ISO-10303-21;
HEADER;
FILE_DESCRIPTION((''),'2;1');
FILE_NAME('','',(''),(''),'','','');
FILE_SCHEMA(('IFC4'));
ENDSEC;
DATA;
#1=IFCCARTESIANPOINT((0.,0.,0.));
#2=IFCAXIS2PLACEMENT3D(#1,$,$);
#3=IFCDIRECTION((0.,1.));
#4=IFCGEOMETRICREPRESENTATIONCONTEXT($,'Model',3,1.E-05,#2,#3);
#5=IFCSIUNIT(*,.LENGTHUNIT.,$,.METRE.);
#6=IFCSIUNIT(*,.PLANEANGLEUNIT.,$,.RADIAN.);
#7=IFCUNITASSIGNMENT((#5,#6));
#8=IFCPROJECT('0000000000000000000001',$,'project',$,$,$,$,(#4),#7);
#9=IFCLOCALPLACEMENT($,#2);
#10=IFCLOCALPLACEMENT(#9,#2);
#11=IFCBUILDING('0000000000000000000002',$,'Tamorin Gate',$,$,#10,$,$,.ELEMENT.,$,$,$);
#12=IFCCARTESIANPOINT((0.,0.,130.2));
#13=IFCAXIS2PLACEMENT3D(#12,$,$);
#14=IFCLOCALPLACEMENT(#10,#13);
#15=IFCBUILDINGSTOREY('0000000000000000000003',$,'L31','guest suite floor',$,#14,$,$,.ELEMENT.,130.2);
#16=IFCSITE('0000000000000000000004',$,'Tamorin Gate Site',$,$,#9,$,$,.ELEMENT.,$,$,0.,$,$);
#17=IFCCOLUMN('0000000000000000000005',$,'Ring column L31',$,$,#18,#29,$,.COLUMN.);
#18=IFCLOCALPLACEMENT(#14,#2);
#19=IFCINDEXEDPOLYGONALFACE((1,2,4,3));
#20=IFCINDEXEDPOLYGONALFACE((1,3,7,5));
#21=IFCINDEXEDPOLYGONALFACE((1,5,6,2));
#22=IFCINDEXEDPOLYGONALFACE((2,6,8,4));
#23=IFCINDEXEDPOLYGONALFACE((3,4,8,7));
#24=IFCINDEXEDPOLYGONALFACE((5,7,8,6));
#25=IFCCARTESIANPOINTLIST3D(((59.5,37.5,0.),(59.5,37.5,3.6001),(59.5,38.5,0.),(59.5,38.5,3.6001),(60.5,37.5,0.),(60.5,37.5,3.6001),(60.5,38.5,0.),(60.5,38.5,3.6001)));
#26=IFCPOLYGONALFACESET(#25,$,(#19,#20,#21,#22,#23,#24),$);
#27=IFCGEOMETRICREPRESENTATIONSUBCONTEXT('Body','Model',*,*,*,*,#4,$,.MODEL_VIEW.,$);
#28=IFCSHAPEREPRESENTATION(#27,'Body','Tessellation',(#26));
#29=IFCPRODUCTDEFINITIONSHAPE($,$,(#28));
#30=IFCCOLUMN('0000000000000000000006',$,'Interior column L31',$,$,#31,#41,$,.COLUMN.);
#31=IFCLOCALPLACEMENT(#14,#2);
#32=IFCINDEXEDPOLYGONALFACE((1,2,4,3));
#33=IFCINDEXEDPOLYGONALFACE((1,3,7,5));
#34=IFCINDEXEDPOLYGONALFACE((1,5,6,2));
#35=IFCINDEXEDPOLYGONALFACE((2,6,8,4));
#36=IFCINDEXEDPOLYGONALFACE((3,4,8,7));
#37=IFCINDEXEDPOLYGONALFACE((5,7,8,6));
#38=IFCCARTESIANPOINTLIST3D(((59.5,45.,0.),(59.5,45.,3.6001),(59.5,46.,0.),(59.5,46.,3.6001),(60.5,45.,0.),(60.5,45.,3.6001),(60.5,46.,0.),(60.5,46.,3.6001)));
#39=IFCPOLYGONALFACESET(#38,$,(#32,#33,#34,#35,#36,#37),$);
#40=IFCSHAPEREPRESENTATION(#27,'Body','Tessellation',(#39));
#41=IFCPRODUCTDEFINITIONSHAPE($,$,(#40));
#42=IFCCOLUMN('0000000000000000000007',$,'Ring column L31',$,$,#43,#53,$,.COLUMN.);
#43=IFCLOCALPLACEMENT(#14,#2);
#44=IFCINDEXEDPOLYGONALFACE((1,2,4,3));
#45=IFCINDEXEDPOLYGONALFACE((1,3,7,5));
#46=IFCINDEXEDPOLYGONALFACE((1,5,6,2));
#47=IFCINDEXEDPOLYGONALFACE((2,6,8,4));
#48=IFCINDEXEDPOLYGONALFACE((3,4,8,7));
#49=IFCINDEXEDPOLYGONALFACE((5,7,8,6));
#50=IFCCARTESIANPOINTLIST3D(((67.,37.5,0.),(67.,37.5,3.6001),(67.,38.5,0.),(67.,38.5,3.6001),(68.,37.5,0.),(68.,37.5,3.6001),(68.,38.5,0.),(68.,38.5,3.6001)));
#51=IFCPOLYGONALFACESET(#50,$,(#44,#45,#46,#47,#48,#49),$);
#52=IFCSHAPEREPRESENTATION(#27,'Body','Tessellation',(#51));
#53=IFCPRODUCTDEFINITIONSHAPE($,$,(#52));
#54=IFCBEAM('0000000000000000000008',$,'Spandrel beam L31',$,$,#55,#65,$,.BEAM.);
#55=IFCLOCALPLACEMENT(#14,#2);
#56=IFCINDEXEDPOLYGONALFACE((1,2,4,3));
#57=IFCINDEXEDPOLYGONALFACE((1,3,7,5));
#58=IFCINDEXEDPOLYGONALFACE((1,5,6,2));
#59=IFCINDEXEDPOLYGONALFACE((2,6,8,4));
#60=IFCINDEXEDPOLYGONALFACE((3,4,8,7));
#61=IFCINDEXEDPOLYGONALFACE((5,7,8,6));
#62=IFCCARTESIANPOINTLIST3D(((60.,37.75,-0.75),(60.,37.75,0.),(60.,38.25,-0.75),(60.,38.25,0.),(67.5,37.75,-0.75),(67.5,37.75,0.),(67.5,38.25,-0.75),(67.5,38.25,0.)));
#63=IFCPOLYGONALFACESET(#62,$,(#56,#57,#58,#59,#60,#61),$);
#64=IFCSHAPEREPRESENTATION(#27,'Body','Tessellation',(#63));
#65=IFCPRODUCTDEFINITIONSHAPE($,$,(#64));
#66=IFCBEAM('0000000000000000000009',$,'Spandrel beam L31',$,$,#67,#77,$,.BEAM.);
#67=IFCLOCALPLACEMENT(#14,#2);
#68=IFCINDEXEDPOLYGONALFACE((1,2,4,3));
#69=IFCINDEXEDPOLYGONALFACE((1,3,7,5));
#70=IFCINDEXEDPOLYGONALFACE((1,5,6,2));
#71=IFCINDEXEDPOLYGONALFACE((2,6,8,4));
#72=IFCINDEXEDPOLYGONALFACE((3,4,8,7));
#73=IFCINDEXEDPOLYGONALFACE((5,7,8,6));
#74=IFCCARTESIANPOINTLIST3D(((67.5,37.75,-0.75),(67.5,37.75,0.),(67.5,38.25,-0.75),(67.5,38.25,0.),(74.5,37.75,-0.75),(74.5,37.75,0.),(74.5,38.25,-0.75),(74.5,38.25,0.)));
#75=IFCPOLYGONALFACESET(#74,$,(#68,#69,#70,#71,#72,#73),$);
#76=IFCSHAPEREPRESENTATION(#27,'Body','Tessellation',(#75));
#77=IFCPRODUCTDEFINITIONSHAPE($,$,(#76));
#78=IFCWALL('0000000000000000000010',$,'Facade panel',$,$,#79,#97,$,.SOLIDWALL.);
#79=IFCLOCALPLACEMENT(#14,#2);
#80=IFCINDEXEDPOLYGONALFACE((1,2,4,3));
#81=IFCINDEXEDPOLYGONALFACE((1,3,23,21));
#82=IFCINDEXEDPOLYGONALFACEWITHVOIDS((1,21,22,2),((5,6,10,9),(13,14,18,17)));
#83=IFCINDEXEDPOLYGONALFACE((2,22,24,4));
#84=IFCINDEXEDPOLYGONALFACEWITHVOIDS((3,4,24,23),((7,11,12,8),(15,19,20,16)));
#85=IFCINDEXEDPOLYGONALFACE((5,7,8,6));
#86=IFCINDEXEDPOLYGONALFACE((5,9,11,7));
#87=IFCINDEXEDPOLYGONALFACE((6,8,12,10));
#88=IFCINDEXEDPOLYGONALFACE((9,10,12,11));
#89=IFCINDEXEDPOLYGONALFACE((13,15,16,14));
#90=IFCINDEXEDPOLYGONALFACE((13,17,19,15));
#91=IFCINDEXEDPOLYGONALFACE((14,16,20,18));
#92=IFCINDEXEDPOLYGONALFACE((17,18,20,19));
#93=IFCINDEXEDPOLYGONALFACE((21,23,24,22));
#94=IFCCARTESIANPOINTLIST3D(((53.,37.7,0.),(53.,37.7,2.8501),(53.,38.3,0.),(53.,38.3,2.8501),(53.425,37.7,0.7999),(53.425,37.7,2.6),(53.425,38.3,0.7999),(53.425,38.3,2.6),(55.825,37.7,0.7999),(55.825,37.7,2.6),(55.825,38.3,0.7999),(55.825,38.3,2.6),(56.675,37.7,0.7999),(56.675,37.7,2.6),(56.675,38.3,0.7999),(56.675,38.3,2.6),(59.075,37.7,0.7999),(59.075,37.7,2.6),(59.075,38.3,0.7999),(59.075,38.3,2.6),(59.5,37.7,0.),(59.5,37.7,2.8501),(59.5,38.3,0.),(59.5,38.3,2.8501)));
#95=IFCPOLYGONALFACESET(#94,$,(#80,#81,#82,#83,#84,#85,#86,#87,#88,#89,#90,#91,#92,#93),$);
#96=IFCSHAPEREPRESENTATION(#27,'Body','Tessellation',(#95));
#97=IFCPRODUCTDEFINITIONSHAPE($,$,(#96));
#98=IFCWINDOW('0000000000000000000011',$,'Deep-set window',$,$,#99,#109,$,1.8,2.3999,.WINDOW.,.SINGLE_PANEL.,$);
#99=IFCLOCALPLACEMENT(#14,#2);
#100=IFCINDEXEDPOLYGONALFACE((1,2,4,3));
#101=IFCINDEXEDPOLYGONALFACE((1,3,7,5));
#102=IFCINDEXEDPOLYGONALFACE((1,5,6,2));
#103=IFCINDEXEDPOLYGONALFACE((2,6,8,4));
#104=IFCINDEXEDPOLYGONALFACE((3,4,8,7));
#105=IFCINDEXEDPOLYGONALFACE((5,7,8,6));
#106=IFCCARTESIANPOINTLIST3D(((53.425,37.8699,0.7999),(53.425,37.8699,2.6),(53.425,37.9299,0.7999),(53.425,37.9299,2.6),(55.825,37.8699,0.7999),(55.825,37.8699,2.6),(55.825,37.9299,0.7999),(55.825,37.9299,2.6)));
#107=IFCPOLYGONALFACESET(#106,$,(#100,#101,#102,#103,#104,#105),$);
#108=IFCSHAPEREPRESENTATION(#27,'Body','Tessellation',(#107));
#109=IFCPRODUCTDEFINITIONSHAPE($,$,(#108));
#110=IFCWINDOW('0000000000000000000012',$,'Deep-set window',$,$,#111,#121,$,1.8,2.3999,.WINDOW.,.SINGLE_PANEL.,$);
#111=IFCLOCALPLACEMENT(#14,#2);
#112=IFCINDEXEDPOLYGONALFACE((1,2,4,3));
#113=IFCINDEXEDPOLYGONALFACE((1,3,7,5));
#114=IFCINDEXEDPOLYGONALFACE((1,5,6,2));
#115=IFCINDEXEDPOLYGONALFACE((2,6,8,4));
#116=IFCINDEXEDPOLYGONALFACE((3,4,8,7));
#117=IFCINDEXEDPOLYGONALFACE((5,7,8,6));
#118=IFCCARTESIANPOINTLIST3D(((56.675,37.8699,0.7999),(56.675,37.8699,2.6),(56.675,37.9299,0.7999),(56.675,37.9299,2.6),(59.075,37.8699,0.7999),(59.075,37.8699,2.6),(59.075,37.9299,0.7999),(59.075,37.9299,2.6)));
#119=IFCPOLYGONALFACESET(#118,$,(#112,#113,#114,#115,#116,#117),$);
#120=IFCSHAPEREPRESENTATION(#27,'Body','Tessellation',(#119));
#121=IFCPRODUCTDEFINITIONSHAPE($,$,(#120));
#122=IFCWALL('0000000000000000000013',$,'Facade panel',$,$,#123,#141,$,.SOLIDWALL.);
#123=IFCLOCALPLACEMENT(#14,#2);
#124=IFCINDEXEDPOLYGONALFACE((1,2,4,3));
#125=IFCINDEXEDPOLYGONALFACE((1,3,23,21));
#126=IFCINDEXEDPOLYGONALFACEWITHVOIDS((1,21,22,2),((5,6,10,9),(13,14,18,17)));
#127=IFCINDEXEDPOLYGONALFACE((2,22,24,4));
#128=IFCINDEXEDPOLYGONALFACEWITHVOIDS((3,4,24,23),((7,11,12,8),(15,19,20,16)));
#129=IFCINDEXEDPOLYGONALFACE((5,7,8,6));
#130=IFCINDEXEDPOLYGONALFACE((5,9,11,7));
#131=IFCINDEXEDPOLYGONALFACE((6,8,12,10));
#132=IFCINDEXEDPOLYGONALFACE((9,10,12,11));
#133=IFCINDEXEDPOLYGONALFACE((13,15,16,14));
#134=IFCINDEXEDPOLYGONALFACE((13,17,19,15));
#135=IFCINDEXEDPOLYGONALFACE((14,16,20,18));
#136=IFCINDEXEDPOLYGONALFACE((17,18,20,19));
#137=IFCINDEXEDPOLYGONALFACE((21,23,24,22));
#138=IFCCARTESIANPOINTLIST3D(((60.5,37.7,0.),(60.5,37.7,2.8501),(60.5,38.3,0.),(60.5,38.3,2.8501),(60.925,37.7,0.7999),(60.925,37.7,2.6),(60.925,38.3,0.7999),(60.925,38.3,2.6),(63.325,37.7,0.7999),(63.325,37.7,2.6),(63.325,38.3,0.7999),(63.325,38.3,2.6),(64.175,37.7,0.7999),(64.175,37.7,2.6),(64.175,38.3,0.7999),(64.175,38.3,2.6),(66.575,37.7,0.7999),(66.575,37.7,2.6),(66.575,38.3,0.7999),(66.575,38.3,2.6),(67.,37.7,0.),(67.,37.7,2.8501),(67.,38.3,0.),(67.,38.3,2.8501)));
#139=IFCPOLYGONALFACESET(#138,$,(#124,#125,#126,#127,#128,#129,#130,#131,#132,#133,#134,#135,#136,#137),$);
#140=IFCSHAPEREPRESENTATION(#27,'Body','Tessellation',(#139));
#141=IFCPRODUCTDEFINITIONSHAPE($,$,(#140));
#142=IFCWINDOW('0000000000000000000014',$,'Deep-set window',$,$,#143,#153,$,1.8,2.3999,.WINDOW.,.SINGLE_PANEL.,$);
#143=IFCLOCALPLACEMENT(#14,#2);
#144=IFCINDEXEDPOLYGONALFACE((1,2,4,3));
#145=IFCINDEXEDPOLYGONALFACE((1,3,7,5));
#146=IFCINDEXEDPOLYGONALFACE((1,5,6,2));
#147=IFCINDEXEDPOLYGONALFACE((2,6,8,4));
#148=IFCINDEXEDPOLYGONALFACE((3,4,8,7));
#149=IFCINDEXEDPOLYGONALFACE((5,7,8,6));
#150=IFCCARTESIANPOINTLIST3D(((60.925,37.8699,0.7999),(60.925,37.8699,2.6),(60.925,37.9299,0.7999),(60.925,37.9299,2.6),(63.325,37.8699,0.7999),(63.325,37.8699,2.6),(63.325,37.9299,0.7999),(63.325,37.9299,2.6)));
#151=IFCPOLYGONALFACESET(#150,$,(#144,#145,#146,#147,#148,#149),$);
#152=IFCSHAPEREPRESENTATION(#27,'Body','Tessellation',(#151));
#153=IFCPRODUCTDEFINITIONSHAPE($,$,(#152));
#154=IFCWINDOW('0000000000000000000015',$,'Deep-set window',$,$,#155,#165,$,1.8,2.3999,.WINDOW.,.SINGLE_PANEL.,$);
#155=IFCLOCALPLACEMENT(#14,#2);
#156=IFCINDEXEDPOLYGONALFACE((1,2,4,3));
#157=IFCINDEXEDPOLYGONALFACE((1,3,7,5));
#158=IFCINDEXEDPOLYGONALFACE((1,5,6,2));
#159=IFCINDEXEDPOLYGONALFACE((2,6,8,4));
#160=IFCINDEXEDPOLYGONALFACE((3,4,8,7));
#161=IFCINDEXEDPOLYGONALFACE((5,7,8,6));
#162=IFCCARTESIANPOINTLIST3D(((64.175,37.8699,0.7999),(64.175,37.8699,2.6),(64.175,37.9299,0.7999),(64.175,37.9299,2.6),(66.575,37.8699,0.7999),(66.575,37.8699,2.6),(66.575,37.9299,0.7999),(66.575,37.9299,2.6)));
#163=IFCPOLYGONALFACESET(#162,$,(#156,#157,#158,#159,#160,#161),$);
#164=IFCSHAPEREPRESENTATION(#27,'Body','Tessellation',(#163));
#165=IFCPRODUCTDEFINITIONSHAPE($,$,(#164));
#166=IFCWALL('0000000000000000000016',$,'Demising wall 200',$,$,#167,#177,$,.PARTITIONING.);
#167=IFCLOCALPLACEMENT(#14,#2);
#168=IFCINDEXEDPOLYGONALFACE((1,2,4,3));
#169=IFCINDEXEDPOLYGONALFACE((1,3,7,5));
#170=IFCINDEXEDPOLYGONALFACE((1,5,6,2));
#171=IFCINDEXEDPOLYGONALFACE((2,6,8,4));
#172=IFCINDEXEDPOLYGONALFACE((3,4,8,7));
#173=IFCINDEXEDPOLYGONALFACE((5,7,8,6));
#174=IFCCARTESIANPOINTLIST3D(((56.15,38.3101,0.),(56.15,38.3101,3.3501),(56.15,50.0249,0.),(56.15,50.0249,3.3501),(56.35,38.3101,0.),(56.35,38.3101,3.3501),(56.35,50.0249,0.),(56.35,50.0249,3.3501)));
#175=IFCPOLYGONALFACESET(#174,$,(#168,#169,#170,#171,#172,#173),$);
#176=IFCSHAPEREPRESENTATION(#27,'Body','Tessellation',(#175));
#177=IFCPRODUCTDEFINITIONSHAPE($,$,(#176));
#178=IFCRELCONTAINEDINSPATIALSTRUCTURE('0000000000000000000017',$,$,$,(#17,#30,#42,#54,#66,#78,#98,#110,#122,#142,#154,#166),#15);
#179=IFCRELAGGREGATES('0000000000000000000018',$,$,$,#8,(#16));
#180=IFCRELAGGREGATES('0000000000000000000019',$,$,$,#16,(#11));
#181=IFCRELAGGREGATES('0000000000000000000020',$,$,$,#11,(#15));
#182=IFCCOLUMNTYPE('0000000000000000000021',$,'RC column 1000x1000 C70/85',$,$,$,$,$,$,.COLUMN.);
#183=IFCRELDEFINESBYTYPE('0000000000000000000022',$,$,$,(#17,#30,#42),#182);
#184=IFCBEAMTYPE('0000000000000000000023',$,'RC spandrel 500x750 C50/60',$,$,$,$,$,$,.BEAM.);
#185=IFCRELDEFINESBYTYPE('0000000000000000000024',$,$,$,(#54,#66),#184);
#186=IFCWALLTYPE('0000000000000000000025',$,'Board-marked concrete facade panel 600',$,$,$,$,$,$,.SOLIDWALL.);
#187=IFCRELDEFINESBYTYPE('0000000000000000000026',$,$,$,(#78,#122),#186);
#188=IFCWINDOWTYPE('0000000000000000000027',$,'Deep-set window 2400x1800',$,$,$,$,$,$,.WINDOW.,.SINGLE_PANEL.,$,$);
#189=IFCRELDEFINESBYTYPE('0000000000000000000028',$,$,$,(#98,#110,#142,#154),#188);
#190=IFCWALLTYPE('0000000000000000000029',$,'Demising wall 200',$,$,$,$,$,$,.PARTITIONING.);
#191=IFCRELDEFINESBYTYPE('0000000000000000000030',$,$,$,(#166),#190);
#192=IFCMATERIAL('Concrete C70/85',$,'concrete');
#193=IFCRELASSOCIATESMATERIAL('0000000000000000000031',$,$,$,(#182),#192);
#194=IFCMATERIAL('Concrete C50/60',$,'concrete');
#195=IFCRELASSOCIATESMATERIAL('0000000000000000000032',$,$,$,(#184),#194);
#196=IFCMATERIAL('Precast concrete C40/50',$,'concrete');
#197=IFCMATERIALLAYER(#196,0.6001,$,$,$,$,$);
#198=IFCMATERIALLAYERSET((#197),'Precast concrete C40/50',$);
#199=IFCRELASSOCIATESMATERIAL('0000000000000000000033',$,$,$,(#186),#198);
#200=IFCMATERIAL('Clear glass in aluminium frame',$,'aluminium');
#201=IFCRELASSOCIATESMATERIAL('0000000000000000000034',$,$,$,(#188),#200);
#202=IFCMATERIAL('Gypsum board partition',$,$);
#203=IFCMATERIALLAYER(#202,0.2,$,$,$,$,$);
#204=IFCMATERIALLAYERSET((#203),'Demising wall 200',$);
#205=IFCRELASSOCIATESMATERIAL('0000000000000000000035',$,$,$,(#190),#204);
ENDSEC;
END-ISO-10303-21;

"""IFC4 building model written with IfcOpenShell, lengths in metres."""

from ifc_helpers import new_model, si_unit, direction, frame, frame_2d, origin, origin_2d, place, context, subcontext, project, spatial, rectangle, extrude, material, layer, layer_set, material_profile, profile_set, type_object, element, fill, save


model = new_model("IFC4")

# Units and contexts
model_context = context("Model", 3, precision=1e-05, world=origin(), true_north=direction((0.0, 1.0)))
body_context = subcontext(model_context, "Body", "Model", "MODEL_VIEW")
ifc_project = project(units=[si_unit("LENGTHUNIT", "METRE"), si_unit("PLANEANGLEUNIT", "RADIAN")], contexts=[model_context])

# Site, building, storey
site_placement = place(None, origin())
site = spatial("IfcSite", under=ifc_project, at=site_placement, Name="Tamorin Gate Site", CompositionType="ELEMENT", RefElevation=0.0)
building_placement = place(site_placement, origin())
building = spatial("IfcBuilding", under=site, at=building_placement, Name="Tamorin Gate", CompositionType="ELEMENT")
storey_placement = place(building_placement, frame((0.0, 0.0, 130.2)))
storey = spatial("IfcBuildingStorey", under=building, at=storey_placement, Name="L31", Description="guest suite floor", CompositionType="ELEMENT", Elevation=130.2)

# Columns
ifc_material_1 = material(Name="Concrete C70/85", Category="concrete")
ifc_material_profile_1 = material_profile(ifc_material_1, rectangle(XDim=1.0, YDim=1.0, at=origin_2d()), Name="RC 1000x1000")
ifc_profile_set_1 = profile_set([ifc_material_profile_1], Name="Concrete C70/85")
column_type = type_object("IfcColumnType", Name="RC column 1000x1000 C70/85", PredefinedType="COLUMN", material=ifc_profile_set_1)
for number, where, z_axis, x_axis, name in (
    (1, (60.0, 38.0, 0.0), (0.0, 0.0, 1.0), (1.0, 0.0, 0.0), "Ring column L31"),
    (2, (60.0, 45.5, 0.0), (0.0, 0.0, 1.0), (1.0, 0.0, 0.0), "Interior column L31"),
    (3, (67.5, 38.0, 0.0), (0.0, 0.0, 1.0), (1.0, 0.0, 0.0), "Ring column L31"),
):
    element("IfcColumn", number, at=place(storey_placement, frame(where, z_axis=z_axis, x_axis=x_axis)), inside=storey, type_object=column_type, Name=name, PredefinedType="COLUMN", context=body_context, shape_type="SweptSolid", body=[
        extrude(rectangle(XDim=1.0, YDim=1.0, at=origin_2d()), origin(), (0.0, 0.0, 1.0), 3.6001),
    ])

# Beams
ifc_material_2 = material(Name="Concrete C50/60", Category="concrete")
ifc_material_profile_2 = material_profile(ifc_material_2, rectangle(XDim=0.5, YDim=0.75, at=origin_2d()), Name="RC 500x750")
ifc_profile_set_2 = profile_set([ifc_material_profile_2], Name="Concrete C50/60")
beam_type = type_object("IfcBeamType", Name="RC spandrel 500x750 C50/60", PredefinedType="BEAM", material=ifc_profile_set_2)
beam_1_placement = place(storey_placement, frame((60.0, 38.0, -0.375), z_axis=(1.0, 0.0, 0.0), x_axis=(0.0, 1.0, 0.0)))
element("IfcBeam", 4, at=beam_1_placement, inside=storey, type_object=beam_type, Name="Spandrel beam L31", PredefinedType="BEAM", context=body_context, shape_type="SweptSolid", body=[
    extrude(rectangle(XDim=0.5, YDim=0.75, at=origin_2d()), origin(), (0.0, 0.0, 1.0), 7.5),
])
beam_2_placement = place(storey_placement, frame((67.5, 38.0, -0.375), z_axis=(1.0, 0.0, 0.0), x_axis=(0.0, 1.0, 0.0)))
element("IfcBeam", 5, at=beam_2_placement, inside=storey, type_object=beam_type, Name="Spandrel beam L31", PredefinedType="BEAM", context=body_context, shape_type="SweptSolid", body=[
    extrude(rectangle(XDim=0.5, YDim=0.75, at=origin_2d()), origin(), (0.0, 0.0, 1.0), 7.0),
])

# Walls, openings, windows
ifc_material_3 = material(Name="Precast concrete C40/50", Category="concrete")
ifc_layer_1 = layer(ifc_material_3, 0.6001)
ifc_layer_set_1 = layer_set([ifc_layer_1], Name="Precast concrete C40/50")
wall_type_1 = type_object("IfcWallType", Name="Board-marked concrete facade panel 600", PredefinedType="SOLIDWALL", material=ifc_layer_set_1)
wall_1_placement = place(storey_placement, frame((53.0, 38.0, 0.0), z_axis=(0.0, 0.0, 1.0), x_axis=(1.0, 0.0, 0.0)))
wall_1 = element("IfcWall", 6, at=wall_1_placement, inside=storey, type_object=wall_type_1, Name="Facade panel", PredefinedType="SOLIDWALL", context=body_context, shape_type="SweptSolid", body=[
    extrude(rectangle(XDim=6.5, YDim=0.6001, at=frame_2d((3.25, 0.0))), origin(), (0.0, 0.0, 1.0), 2.8501),
])
opening_1_placement = place(wall_1_placement, frame((0.425, 0.0, 0.8)))
opening_1 = element("IfcOpeningElement", 7, at=opening_1_placement, cuts=wall_1, PredefinedType="OPENING", context=body_context, shape_type="SweptSolid", body=[
    extrude(rectangle(XDim=2.3999, YDim=1.8, at=frame_2d((1.2, 0.8999))), frame((0.0, 0.3101, 0.0), z_axis=(0.0, -1.0, 0.0), x_axis=(1.0, 0.0, 0.0)), (0.0, 0.0, 1.0), 0.6201),
])
opening_2_placement = place(wall_1_placement, frame((3.675, 0.0, 0.8)))
opening_2 = element("IfcOpeningElement", 8, at=opening_2_placement, cuts=wall_1, PredefinedType="OPENING", context=body_context, shape_type="SweptSolid", body=[
    extrude(rectangle(XDim=2.3999, YDim=1.8, at=frame_2d((1.2, 0.8999))), frame((0.0, 0.3101, 0.0), z_axis=(0.0, -1.0, 0.0), x_axis=(1.0, 0.0, 0.0)), (0.0, 0.0, 1.0), 0.6201),
])
ifc_material_4 = material(Name="Clear glass in aluminium frame", Category="aluminium")
window_type = type_object("IfcWindowType", Name="Deep-set window 2400x1800", PartitioningType="SINGLE_PANEL", PredefinedType="WINDOW", material=ifc_material_4)
window_1_placement = place(opening_1_placement, origin())
window_1 = element("IfcWindow", 9, at=window_1_placement, inside=storey, type_object=window_type, Name="Deep-set window", OverallHeight=1.8, OverallWidth=2.3999, PartitioningType="SINGLE_PANEL", PredefinedType="WINDOW", context=body_context, shape_type="SweptSolid", body=[
    extrude(rectangle(XDim=2.3999, YDim=1.8, at=frame_2d((1.2, 0.8999))), frame((0.0, -0.0701, 0.0), z_axis=(0.0, -1.0, 0.0), x_axis=(1.0, 0.0, 0.0)), (0.0, 0.0, 1.0), 0.0601),
])
fill(opening_1, window_1)
window_2_placement = place(opening_2_placement, origin())
window_2 = element("IfcWindow", 10, at=window_2_placement, inside=storey, type_object=window_type, Name="Deep-set window", OverallHeight=1.8, OverallWidth=2.3999, PartitioningType="SINGLE_PANEL", PredefinedType="WINDOW", context=body_context, shape_type="SweptSolid", body=[
    extrude(rectangle(XDim=2.3999, YDim=1.8, at=frame_2d((1.2, 0.8999))), frame((0.0, -0.0701, 0.0), z_axis=(0.0, -1.0, 0.0), x_axis=(1.0, 0.0, 0.0)), (0.0, 0.0, 1.0), 0.0601),
])
fill(opening_2, window_2)
wall_2_placement = place(storey_placement, frame((60.5, 38.0, 0.0), z_axis=(0.0, 0.0, 1.0), x_axis=(1.0, 0.0, 0.0)))
wall_2 = element("IfcWall", 11, at=wall_2_placement, inside=storey, type_object=wall_type_1, Name="Facade panel", PredefinedType="SOLIDWALL", context=body_context, shape_type="SweptSolid", body=[
    extrude(rectangle(XDim=6.5, YDim=0.6001, at=frame_2d((3.25, 0.0))), origin(), (0.0, 0.0, 1.0), 2.8501),
])
opening_3_placement = place(wall_2_placement, frame((0.425, 0.0, 0.8)))
opening_3 = element("IfcOpeningElement", 12, at=opening_3_placement, cuts=wall_2, PredefinedType="OPENING", context=body_context, shape_type="SweptSolid", body=[
    extrude(rectangle(XDim=2.3999, YDim=1.8, at=frame_2d((1.2, 0.8999))), frame((0.0, 0.3101, 0.0), z_axis=(0.0, -1.0, 0.0), x_axis=(1.0, 0.0, 0.0)), (0.0, 0.0, 1.0), 0.6201),
])
opening_4_placement = place(wall_2_placement, frame((3.675, 0.0, 0.8)))
opening_4 = element("IfcOpeningElement", 13, at=opening_4_placement, cuts=wall_2, PredefinedType="OPENING", context=body_context, shape_type="SweptSolid", body=[
    extrude(rectangle(XDim=2.3999, YDim=1.8, at=frame_2d((1.2, 0.8999))), frame((0.0, 0.3101, 0.0), z_axis=(0.0, -1.0, 0.0), x_axis=(1.0, 0.0, 0.0)), (0.0, 0.0, 1.0), 0.6201),
])
window_3_placement = place(opening_3_placement, origin())
window_3 = element("IfcWindow", 14, at=window_3_placement, inside=storey, type_object=window_type, Name="Deep-set window", OverallHeight=1.8, OverallWidth=2.3999, PartitioningType="SINGLE_PANEL", PredefinedType="WINDOW", context=body_context, shape_type="SweptSolid", body=[
    extrude(rectangle(XDim=2.3999, YDim=1.8, at=frame_2d((1.2, 0.8999))), frame((0.0, -0.0701, 0.0), z_axis=(0.0, -1.0, 0.0), x_axis=(1.0, 0.0, 0.0)), (0.0, 0.0, 1.0), 0.0601),
])
fill(opening_3, window_3)
window_4_placement = place(opening_4_placement, origin())
window_4 = element("IfcWindow", 15, at=window_4_placement, inside=storey, type_object=window_type, Name="Deep-set window", OverallHeight=1.8, OverallWidth=2.3999, PartitioningType="SINGLE_PANEL", PredefinedType="WINDOW", context=body_context, shape_type="SweptSolid", body=[
    extrude(rectangle(XDim=2.3999, YDim=1.8, at=frame_2d((1.2, 0.8999))), frame((0.0, -0.0701, 0.0), z_axis=(0.0, -1.0, 0.0), x_axis=(1.0, 0.0, 0.0)), (0.0, 0.0, 1.0), 0.0601),
])
fill(opening_4, window_4)

# Wall
ifc_material_5 = material(Name="Gypsum board partition")
ifc_layer_2 = layer(ifc_material_5, 0.2)
ifc_layer_set_2 = layer_set([ifc_layer_2], Name="Demising wall 200")
wall_type_2 = type_object("IfcWallType", Name="Demising wall 200", PredefinedType="PARTITIONING", material=ifc_layer_set_2)
wall_3_placement = place(storey_placement, frame((56.25, 38.3101, 0.0), z_axis=(0.0, 0.0, 1.0), x_axis=(0.0, 1.0, 0.0)))
element("IfcWall", 16, at=wall_3_placement, inside=storey, type_object=wall_type_2, Name="Demising wall 200", PredefinedType="PARTITIONING", context=body_context, shape_type="SweptSolid", body=[
    extrude(rectangle(XDim=11.7148, YDim=0.2, at=frame_2d((5.8574, 0.0))), origin(), (0.0, 0.0, 1.0), 3.3501),
])

save(model, "model.ifc")
